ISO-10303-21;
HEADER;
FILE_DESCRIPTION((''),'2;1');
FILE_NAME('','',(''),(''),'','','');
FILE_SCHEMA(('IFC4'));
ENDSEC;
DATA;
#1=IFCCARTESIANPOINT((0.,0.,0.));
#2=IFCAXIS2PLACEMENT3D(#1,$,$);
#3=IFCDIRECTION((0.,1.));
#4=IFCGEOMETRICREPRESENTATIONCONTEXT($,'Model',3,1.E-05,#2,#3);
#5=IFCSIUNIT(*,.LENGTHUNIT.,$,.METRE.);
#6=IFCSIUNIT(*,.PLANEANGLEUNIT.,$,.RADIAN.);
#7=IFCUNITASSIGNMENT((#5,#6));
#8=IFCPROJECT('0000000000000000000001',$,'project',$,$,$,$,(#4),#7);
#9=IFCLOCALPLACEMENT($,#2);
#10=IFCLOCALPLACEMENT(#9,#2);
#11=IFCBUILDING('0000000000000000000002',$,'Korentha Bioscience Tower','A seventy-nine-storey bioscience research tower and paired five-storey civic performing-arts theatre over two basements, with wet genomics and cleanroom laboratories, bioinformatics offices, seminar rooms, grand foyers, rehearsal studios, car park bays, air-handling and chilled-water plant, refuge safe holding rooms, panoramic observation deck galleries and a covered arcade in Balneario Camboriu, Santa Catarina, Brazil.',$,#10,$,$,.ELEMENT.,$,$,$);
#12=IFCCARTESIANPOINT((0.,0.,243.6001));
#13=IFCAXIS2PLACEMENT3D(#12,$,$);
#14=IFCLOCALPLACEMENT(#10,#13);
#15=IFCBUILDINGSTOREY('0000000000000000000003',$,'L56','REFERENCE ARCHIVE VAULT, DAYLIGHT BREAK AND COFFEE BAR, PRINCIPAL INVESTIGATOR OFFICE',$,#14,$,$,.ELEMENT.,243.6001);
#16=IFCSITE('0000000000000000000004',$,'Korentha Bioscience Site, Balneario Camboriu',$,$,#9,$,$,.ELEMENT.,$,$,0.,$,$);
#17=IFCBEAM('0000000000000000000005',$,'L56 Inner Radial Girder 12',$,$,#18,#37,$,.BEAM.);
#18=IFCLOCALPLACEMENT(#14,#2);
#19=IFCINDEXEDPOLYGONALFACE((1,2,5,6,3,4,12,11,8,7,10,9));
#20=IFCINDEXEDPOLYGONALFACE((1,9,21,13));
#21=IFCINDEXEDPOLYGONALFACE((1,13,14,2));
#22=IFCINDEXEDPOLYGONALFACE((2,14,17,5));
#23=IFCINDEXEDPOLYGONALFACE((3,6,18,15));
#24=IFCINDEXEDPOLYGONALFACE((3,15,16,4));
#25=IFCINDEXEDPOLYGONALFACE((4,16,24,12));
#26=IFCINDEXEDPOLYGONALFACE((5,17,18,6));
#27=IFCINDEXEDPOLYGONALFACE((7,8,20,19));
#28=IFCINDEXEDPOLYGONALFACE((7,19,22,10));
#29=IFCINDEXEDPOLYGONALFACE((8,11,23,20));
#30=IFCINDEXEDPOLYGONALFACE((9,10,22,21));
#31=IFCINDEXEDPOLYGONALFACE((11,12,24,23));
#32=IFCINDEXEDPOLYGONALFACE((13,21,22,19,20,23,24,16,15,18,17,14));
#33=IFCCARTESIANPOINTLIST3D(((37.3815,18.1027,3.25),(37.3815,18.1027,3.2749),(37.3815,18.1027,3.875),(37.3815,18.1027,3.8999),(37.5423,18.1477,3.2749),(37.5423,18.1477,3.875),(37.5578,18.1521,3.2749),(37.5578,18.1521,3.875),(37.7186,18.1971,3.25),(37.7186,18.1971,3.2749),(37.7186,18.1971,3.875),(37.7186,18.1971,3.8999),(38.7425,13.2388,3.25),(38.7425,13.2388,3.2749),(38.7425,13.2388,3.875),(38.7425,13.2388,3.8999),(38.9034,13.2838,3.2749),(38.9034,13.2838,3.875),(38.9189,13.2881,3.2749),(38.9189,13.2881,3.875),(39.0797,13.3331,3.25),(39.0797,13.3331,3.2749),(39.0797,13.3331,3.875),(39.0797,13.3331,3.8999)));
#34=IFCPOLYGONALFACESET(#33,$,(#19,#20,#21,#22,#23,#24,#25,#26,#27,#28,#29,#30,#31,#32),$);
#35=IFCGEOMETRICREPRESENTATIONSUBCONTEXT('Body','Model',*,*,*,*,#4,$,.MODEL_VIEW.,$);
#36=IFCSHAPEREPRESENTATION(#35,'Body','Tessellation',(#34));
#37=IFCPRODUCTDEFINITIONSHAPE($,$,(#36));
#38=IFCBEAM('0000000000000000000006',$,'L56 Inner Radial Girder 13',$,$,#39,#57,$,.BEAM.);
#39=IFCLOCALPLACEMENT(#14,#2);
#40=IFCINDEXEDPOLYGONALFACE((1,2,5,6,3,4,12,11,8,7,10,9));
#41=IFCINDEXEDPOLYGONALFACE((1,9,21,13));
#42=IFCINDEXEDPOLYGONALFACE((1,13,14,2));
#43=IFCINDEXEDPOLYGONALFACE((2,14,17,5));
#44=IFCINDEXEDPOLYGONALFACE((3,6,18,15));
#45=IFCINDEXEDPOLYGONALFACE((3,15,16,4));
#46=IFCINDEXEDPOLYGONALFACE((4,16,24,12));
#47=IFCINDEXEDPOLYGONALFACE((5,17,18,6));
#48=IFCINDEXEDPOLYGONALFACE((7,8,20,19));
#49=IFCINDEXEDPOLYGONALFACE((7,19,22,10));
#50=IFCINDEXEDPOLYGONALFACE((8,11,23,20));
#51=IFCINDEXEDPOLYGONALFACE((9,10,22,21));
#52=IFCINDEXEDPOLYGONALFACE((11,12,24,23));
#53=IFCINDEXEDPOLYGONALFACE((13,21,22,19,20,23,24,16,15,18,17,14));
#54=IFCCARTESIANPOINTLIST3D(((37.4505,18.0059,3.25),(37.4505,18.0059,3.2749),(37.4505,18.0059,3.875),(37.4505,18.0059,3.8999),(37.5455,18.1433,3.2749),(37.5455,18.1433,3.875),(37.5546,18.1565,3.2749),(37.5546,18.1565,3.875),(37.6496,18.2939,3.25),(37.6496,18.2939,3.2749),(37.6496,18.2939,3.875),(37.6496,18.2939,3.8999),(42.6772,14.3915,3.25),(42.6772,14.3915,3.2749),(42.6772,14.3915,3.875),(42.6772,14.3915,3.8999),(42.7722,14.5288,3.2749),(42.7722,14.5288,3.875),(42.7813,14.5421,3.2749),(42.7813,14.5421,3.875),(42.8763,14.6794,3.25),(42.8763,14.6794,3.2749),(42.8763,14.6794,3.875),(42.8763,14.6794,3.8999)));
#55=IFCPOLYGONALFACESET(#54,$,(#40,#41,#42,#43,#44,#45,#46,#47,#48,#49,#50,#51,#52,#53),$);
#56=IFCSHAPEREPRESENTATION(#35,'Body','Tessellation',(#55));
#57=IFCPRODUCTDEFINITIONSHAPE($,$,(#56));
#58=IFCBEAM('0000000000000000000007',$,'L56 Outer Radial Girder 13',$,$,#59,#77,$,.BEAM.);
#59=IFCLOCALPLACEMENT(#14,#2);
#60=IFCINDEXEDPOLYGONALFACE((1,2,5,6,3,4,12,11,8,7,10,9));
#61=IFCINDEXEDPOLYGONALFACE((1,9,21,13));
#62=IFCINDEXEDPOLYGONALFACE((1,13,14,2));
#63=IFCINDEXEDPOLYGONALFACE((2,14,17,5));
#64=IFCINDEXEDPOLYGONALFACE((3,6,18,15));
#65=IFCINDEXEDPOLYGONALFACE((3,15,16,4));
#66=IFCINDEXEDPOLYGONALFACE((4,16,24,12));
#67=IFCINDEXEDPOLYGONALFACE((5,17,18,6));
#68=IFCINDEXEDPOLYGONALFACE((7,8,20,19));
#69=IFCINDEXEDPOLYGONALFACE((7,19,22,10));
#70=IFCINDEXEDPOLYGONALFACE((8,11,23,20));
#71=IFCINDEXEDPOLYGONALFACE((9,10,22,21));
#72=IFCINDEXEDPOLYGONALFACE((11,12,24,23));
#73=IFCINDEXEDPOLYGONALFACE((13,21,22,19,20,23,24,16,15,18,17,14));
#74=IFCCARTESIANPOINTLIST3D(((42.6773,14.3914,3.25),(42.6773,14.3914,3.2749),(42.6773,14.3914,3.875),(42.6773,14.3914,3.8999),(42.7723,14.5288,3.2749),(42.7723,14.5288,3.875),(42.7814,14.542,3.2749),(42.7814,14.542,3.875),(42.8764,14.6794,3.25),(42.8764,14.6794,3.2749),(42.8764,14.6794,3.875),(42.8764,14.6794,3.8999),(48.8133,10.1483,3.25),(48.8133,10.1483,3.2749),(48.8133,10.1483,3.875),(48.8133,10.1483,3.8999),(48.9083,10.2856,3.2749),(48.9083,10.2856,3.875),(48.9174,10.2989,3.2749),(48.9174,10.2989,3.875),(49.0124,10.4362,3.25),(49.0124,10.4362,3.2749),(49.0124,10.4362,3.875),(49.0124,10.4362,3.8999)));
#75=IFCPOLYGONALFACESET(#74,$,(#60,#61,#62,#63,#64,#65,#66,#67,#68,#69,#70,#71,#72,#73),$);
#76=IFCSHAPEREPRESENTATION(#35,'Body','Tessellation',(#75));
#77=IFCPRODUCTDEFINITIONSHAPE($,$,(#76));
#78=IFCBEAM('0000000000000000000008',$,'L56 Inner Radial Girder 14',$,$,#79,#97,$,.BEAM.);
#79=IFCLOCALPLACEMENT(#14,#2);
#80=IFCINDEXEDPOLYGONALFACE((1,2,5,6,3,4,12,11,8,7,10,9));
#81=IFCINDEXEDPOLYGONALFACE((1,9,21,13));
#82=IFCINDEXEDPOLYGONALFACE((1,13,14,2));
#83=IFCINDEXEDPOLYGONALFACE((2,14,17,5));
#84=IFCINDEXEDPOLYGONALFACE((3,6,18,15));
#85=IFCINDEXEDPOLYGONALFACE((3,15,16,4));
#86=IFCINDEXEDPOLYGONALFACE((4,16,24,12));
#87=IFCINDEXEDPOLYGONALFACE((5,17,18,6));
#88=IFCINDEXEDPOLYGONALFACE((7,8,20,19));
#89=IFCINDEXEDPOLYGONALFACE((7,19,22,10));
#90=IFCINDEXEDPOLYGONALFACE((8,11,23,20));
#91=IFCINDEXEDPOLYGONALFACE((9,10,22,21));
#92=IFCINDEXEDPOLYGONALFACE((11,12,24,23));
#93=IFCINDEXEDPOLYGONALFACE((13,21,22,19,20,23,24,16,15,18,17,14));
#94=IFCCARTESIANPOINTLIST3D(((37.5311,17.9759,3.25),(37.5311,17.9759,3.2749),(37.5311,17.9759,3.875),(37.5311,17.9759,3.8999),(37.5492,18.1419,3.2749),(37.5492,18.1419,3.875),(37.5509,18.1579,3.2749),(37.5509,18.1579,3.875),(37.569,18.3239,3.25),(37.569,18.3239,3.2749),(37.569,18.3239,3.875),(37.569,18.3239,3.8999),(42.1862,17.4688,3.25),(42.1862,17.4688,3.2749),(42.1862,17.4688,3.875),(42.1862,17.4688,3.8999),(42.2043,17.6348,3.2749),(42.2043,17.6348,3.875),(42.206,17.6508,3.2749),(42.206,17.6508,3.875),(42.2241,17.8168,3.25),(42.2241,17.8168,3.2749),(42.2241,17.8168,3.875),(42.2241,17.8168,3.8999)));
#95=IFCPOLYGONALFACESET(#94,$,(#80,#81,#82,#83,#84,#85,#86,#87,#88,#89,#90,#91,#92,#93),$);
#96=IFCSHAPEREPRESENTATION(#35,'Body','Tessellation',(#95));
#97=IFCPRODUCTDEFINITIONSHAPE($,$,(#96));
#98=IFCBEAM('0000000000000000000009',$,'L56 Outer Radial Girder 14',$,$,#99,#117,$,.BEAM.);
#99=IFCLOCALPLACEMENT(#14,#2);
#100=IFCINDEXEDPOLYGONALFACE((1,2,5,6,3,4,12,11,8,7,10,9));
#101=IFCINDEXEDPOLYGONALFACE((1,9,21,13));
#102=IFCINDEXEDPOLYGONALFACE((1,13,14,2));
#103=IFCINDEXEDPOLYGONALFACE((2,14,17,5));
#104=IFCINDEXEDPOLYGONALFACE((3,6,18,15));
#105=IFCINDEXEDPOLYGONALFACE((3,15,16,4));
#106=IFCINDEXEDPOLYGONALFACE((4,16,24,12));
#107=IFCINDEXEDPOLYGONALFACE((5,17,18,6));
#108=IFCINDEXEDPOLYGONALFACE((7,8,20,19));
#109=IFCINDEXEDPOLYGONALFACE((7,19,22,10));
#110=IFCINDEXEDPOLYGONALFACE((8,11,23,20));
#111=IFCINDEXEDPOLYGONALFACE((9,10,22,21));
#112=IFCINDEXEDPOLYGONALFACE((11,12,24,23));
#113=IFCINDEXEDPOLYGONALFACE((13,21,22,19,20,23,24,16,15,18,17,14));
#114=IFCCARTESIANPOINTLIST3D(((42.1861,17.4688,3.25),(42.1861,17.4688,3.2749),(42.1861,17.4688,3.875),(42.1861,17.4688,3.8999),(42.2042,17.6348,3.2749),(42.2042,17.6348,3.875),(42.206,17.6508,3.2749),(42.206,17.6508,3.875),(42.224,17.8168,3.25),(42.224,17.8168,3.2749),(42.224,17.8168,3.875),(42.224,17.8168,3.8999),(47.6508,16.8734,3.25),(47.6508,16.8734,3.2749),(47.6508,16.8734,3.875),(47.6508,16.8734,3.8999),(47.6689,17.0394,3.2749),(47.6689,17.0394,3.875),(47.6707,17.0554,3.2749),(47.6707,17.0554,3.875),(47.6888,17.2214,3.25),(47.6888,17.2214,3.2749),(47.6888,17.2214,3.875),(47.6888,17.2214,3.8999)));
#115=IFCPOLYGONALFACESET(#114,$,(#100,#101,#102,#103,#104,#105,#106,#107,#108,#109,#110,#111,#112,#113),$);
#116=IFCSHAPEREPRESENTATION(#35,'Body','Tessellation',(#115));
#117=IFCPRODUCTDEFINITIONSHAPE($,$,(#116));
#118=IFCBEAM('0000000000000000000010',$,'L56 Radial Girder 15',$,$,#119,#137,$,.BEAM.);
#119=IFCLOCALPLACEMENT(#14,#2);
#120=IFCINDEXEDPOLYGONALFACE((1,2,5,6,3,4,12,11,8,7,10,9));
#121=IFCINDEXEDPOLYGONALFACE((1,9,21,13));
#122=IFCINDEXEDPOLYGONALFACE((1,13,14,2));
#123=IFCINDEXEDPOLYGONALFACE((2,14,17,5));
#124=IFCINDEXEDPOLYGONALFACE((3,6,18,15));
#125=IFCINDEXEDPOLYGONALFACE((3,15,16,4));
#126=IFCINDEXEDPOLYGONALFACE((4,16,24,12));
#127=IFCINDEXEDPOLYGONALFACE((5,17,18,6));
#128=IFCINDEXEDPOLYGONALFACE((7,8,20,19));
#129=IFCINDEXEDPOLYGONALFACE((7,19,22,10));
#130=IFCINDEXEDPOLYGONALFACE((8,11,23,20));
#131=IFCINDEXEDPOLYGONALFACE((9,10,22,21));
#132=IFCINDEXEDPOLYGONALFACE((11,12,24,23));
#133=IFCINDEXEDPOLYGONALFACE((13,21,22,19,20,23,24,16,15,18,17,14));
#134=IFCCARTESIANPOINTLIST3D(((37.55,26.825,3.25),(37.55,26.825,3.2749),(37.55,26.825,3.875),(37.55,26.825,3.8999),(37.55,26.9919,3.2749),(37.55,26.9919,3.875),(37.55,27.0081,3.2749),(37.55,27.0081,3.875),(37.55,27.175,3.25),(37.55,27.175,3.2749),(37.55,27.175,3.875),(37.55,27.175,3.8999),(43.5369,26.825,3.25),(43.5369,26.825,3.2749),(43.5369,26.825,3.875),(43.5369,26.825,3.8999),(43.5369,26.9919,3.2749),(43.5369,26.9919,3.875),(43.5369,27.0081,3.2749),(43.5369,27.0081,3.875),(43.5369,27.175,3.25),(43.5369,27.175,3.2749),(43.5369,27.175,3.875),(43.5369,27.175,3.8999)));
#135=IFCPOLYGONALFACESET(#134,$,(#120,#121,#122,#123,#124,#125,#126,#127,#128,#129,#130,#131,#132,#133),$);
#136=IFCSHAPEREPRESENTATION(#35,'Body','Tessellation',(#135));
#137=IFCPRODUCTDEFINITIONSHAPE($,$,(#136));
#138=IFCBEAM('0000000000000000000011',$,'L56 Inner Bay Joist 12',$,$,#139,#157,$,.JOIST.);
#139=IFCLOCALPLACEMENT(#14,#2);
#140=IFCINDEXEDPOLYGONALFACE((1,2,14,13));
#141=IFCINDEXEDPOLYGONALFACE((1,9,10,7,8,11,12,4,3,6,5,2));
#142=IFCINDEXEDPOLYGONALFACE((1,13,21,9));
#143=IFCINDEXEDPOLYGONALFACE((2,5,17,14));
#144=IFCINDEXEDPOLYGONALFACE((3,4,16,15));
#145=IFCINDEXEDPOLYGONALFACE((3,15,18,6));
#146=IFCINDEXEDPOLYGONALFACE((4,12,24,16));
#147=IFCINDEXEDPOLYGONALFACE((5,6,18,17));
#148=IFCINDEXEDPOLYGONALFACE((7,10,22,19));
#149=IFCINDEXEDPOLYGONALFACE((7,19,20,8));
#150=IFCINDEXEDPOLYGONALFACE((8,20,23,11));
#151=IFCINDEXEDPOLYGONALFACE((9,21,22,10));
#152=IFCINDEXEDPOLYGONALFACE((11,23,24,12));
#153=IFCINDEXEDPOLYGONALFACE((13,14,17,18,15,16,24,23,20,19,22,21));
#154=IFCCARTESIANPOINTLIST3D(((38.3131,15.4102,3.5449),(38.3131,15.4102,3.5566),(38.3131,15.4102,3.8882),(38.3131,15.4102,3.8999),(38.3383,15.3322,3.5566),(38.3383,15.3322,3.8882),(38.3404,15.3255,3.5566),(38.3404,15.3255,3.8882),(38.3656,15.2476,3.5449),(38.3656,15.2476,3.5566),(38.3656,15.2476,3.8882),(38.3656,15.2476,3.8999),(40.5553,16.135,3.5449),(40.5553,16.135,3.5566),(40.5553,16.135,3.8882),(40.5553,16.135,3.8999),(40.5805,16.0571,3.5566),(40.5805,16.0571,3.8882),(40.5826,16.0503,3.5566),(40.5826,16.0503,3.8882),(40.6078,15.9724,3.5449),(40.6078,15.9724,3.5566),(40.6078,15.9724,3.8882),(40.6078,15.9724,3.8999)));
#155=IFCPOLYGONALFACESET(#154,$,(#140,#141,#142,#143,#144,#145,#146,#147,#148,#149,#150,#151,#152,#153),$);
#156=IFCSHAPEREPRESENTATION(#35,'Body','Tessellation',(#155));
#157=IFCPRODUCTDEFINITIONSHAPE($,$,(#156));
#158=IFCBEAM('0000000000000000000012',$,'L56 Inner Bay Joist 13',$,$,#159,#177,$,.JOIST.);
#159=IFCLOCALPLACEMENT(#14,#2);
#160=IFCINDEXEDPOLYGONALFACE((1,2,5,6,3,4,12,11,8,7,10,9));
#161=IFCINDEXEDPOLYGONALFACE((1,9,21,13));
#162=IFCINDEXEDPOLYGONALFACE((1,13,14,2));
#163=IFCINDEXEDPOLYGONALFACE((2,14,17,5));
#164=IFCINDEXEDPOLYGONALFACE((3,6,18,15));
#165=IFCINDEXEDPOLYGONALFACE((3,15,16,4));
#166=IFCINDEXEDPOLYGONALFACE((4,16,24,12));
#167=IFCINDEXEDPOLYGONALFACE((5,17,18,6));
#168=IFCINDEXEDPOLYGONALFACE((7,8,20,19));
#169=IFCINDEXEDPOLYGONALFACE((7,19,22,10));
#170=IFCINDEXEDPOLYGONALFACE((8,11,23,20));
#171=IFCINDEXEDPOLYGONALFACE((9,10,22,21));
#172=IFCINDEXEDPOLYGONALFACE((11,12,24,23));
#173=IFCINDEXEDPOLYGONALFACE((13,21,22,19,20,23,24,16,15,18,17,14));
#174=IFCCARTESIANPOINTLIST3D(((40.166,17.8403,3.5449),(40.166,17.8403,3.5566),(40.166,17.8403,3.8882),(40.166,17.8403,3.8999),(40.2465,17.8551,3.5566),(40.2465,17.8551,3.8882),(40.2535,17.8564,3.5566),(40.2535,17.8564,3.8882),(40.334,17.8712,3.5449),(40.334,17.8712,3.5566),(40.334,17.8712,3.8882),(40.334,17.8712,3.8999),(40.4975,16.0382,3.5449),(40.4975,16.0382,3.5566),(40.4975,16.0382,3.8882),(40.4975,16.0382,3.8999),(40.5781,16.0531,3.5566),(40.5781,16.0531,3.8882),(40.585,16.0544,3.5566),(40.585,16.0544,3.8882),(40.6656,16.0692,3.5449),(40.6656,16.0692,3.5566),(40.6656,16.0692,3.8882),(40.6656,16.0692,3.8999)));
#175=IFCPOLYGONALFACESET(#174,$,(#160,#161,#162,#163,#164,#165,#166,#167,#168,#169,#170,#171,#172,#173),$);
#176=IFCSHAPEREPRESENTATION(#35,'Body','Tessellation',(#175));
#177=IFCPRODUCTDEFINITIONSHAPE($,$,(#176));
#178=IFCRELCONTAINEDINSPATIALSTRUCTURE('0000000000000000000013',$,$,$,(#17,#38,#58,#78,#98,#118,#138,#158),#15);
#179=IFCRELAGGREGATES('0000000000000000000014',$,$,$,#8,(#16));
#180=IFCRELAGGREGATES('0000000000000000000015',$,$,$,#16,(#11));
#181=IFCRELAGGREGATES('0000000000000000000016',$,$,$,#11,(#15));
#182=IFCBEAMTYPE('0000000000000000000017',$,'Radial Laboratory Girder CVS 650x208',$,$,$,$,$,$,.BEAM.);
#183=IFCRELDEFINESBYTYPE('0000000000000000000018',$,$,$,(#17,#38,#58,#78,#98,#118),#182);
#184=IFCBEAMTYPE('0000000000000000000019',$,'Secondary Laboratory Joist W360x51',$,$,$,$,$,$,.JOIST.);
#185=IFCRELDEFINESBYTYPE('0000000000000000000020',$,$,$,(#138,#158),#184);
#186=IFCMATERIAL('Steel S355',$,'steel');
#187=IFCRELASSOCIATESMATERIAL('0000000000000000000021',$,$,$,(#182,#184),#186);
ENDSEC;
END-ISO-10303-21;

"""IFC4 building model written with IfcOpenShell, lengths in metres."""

from ifc_helpers import new_model, si_unit, direction, frame, origin, origin_2d, place, context, subcontext, project, spatial, i_section, extrude, material, material_profile, profile_set, type_object, element, save


model = new_model("IFC4")

# Units and contexts
model_context = context("Model", 3, precision=1e-05, world=origin(), true_north=direction((0.0, 1.0)))
body_context = subcontext(model_context, "Body", "Model", "MODEL_VIEW")
ifc_project = project(units=[si_unit("LENGTHUNIT", "METRE"), si_unit("PLANEANGLEUNIT", "RADIAN")], contexts=[model_context])

# Site, building, storey
site_placement = place(None, origin())
site = spatial("IfcSite", under=ifc_project, at=site_placement, Name="Korentha Bioscience Site, Balneario Camboriu", CompositionType="ELEMENT", RefElevation=0.0)
building_placement = place(site_placement, origin())
building = spatial("IfcBuilding", under=site, at=building_placement, Name="Korentha Bioscience Tower", Description="A seventy-nine-storey bioscience research tower and paired five-storey civic performing-arts theatre over two basements, with wet genomics and cleanroom laboratories, bioinformatics offices, seminar rooms, grand foyers, rehearsal studios, car park bays, air-handling and chilled-water plant, refuge safe holding rooms, panoramic observation deck galleries and a covered arcade in Balneario Camboriu, Santa Catarina, Brazil.", CompositionType="ELEMENT")
storey_placement = place(building_placement, frame((0.0, 0.0, 243.6001)))
storey = spatial("IfcBuildingStorey", under=building, at=storey_placement, Name="L56", Description="REFERENCE ARCHIVE VAULT, DAYLIGHT BREAK AND COFFEE BAR, PRINCIPAL INVESTIGATOR OFFICE", CompositionType="ELEMENT", Elevation=243.6001)

# Beams
ifc_material_1 = material(Name="Steel S355", Category="steel")
ifc_material_profile_1 = material_profile(ifc_material_1, i_section(OverallWidth=0.3501, OverallDepth=0.6499, WebThickness=0.0161, FlangeThickness=0.0249, at=origin_2d()), Name="Steel S355")
ifc_profile_set_1 = profile_set([ifc_material_profile_1], Name="Steel S355 (RB-650)")
beam_type_1 = type_object("IfcBeamType", Name="Radial Laboratory Girder CVS 650x208", PredefinedType="BEAM", material=ifc_profile_set_1)
beam_1_placement = place(storey_placement, frame((37.55, 18.1499, 3.575), z_axis=(0.269476, -0.963007, 0.0), x_axis=(0.963007, 0.269476, 0.0)))
element("IfcBeam", 1, at=beam_1_placement, inside=storey, type_object=beam_type_1, Name="L56 Inner Radial Girder 12", PredefinedType="BEAM", context=body_context, shape_type="SweptSolid", body=[
    extrude(i_section(OverallWidth=0.3501, OverallDepth=0.6499, WebThickness=0.0161, FlangeThickness=0.0249, at=origin_2d()), origin(), (0.0, 0.0, 1.0), 5.0508),
])
beam_2_placement = place(storey_placement, frame((37.55, 18.1499, 3.575), z_axis=(0.822491, -0.568778, 0.0), x_axis=(0.568778, 0.822491, 0.0)))
element("IfcBeam", 2, at=beam_2_placement, inside=storey, type_object=beam_type_1, Name="L56 Inner Radial Girder 13", PredefinedType="BEAM", context=body_context, shape_type="SweptSolid", body=[
    extrude(i_section(OverallWidth=0.3501, OverallDepth=0.6499, WebThickness=0.0161, FlangeThickness=0.0249, at=origin_2d()), origin(), (0.0, 0.0, 1.0), 6.3547),
])
beam_3_placement = place(storey_placement, frame((42.7769, 14.5354, 3.575), z_axis=(0.822495, -0.568773, 0.0), x_axis=(0.568773, 0.822495, 0.0)))
element("IfcBeam", 3, at=beam_3_placement, inside=storey, type_object=beam_type_1, Name="L56 Outer Radial Girder 13", PredefinedType="BEAM", context=body_context, shape_type="SweptSolid", body=[
    extrude(i_section(OverallWidth=0.3501, OverallDepth=0.6499, WebThickness=0.0161, FlangeThickness=0.0249, at=origin_2d()), origin(), (0.0, 0.0, 1.0), 7.4602),
])
beam_4_placement = place(storey_placement, frame((37.55, 18.1499, 3.575), z_axis=(0.994119, -0.108291, 0.0), x_axis=(0.108291, 0.994119, 0.0)))
element("IfcBeam", 4, at=beam_4_placement, inside=storey, type_object=beam_type_1, Name="L56 Inner Radial Girder 14", PredefinedType="BEAM", context=body_context, shape_type="SweptSolid", body=[
    extrude(i_section(OverallWidth=0.3501, OverallDepth=0.6499, WebThickness=0.0161, FlangeThickness=0.0249, at=origin_2d()), origin(), (0.0, 0.0, 1.0), 4.6826),
])
beam_5_placement = place(storey_placement, frame((42.2051, 17.6428, 3.575), z_axis=(0.994116, -0.108321, 0.0), x_axis=(0.108321, 0.994116, 0.0)))
element("IfcBeam", 5, at=beam_5_placement, inside=storey, type_object=beam_type_1, Name="L56 Outer Radial Girder 14", PredefinedType="BEAM", context=body_context, shape_type="SweptSolid", body=[
    extrude(i_section(OverallWidth=0.3501, OverallDepth=0.6499, WebThickness=0.0161, FlangeThickness=0.0249, at=origin_2d()), origin(), (0.0, 0.0, 1.0), 5.4971),
])
beam_6_placement = place(storey_placement, frame((37.55, 27.0, 3.575), z_axis=(1.0, 0.0, 0.0), x_axis=(0.0, 1.0, 0.0)))
element("IfcBeam", 6, at=beam_6_placement, inside=storey, type_object=beam_type_1, Name="L56 Radial Girder 15", PredefinedType="BEAM", context=body_context, shape_type="SweptSolid", body=[
    extrude(i_section(OverallWidth=0.3501, OverallDepth=0.6499, WebThickness=0.0161, FlangeThickness=0.0249, at=origin_2d()), origin(), (0.0, 0.0, 1.0), 5.9868),
])
ifc_material_profile_2 = material_profile(ifc_material_1, i_section(OverallWidth=0.1709, OverallDepth=0.355, WebThickness=0.0071, FlangeThickness=0.0117, at=origin_2d()), Name="Steel S355")
ifc_profile_set_2 = profile_set([ifc_material_profile_2], Name="Steel S355 (JB-360)")
beam_type_2 = type_object("IfcBeamType", Name="Secondary Laboratory Joist W360x51", PredefinedType="JOIST", material=ifc_profile_set_2)
beam_7_placement = place(storey_placement, frame((38.3394, 15.3289, 3.7224), z_axis=(0.951514, 0.307605, 0.0), x_axis=(-0.307605, 0.951514, 0.0)))
element("IfcBeam", 7, at=beam_7_placement, inside=storey, type_object=beam_type_2, Name="L56 Inner Bay Joist 12", PredefinedType="JOIST", context=body_context, shape_type="SweptSolid", body=[
    extrude(i_section(OverallWidth=0.1709, OverallDepth=0.355, WebThickness=0.0071, FlangeThickness=0.0117, at=origin_2d()), origin(), (0.0, 0.0, 1.0), 2.3564),
])
beam_8_placement = place(storey_placement, frame((40.5815, 16.0537, 3.7224), z_axis=(-0.180949, 0.983493, 0.0), x_axis=(-0.983493, -0.180949, 0.0)))
element("IfcBeam", 8, at=beam_8_placement, inside=storey, type_object=beam_type_2, Name="L56 Inner Bay Joist 13", PredefinedType="JOIST", context=body_context, shape_type="SweptSolid", body=[
    extrude(i_section(OverallWidth=0.1709, OverallDepth=0.355, WebThickness=0.0071, FlangeThickness=0.0117, at=origin_2d()), origin(), (0.0, 0.0, 1.0), 1.8323),
])

save(model, "model.ifc")
